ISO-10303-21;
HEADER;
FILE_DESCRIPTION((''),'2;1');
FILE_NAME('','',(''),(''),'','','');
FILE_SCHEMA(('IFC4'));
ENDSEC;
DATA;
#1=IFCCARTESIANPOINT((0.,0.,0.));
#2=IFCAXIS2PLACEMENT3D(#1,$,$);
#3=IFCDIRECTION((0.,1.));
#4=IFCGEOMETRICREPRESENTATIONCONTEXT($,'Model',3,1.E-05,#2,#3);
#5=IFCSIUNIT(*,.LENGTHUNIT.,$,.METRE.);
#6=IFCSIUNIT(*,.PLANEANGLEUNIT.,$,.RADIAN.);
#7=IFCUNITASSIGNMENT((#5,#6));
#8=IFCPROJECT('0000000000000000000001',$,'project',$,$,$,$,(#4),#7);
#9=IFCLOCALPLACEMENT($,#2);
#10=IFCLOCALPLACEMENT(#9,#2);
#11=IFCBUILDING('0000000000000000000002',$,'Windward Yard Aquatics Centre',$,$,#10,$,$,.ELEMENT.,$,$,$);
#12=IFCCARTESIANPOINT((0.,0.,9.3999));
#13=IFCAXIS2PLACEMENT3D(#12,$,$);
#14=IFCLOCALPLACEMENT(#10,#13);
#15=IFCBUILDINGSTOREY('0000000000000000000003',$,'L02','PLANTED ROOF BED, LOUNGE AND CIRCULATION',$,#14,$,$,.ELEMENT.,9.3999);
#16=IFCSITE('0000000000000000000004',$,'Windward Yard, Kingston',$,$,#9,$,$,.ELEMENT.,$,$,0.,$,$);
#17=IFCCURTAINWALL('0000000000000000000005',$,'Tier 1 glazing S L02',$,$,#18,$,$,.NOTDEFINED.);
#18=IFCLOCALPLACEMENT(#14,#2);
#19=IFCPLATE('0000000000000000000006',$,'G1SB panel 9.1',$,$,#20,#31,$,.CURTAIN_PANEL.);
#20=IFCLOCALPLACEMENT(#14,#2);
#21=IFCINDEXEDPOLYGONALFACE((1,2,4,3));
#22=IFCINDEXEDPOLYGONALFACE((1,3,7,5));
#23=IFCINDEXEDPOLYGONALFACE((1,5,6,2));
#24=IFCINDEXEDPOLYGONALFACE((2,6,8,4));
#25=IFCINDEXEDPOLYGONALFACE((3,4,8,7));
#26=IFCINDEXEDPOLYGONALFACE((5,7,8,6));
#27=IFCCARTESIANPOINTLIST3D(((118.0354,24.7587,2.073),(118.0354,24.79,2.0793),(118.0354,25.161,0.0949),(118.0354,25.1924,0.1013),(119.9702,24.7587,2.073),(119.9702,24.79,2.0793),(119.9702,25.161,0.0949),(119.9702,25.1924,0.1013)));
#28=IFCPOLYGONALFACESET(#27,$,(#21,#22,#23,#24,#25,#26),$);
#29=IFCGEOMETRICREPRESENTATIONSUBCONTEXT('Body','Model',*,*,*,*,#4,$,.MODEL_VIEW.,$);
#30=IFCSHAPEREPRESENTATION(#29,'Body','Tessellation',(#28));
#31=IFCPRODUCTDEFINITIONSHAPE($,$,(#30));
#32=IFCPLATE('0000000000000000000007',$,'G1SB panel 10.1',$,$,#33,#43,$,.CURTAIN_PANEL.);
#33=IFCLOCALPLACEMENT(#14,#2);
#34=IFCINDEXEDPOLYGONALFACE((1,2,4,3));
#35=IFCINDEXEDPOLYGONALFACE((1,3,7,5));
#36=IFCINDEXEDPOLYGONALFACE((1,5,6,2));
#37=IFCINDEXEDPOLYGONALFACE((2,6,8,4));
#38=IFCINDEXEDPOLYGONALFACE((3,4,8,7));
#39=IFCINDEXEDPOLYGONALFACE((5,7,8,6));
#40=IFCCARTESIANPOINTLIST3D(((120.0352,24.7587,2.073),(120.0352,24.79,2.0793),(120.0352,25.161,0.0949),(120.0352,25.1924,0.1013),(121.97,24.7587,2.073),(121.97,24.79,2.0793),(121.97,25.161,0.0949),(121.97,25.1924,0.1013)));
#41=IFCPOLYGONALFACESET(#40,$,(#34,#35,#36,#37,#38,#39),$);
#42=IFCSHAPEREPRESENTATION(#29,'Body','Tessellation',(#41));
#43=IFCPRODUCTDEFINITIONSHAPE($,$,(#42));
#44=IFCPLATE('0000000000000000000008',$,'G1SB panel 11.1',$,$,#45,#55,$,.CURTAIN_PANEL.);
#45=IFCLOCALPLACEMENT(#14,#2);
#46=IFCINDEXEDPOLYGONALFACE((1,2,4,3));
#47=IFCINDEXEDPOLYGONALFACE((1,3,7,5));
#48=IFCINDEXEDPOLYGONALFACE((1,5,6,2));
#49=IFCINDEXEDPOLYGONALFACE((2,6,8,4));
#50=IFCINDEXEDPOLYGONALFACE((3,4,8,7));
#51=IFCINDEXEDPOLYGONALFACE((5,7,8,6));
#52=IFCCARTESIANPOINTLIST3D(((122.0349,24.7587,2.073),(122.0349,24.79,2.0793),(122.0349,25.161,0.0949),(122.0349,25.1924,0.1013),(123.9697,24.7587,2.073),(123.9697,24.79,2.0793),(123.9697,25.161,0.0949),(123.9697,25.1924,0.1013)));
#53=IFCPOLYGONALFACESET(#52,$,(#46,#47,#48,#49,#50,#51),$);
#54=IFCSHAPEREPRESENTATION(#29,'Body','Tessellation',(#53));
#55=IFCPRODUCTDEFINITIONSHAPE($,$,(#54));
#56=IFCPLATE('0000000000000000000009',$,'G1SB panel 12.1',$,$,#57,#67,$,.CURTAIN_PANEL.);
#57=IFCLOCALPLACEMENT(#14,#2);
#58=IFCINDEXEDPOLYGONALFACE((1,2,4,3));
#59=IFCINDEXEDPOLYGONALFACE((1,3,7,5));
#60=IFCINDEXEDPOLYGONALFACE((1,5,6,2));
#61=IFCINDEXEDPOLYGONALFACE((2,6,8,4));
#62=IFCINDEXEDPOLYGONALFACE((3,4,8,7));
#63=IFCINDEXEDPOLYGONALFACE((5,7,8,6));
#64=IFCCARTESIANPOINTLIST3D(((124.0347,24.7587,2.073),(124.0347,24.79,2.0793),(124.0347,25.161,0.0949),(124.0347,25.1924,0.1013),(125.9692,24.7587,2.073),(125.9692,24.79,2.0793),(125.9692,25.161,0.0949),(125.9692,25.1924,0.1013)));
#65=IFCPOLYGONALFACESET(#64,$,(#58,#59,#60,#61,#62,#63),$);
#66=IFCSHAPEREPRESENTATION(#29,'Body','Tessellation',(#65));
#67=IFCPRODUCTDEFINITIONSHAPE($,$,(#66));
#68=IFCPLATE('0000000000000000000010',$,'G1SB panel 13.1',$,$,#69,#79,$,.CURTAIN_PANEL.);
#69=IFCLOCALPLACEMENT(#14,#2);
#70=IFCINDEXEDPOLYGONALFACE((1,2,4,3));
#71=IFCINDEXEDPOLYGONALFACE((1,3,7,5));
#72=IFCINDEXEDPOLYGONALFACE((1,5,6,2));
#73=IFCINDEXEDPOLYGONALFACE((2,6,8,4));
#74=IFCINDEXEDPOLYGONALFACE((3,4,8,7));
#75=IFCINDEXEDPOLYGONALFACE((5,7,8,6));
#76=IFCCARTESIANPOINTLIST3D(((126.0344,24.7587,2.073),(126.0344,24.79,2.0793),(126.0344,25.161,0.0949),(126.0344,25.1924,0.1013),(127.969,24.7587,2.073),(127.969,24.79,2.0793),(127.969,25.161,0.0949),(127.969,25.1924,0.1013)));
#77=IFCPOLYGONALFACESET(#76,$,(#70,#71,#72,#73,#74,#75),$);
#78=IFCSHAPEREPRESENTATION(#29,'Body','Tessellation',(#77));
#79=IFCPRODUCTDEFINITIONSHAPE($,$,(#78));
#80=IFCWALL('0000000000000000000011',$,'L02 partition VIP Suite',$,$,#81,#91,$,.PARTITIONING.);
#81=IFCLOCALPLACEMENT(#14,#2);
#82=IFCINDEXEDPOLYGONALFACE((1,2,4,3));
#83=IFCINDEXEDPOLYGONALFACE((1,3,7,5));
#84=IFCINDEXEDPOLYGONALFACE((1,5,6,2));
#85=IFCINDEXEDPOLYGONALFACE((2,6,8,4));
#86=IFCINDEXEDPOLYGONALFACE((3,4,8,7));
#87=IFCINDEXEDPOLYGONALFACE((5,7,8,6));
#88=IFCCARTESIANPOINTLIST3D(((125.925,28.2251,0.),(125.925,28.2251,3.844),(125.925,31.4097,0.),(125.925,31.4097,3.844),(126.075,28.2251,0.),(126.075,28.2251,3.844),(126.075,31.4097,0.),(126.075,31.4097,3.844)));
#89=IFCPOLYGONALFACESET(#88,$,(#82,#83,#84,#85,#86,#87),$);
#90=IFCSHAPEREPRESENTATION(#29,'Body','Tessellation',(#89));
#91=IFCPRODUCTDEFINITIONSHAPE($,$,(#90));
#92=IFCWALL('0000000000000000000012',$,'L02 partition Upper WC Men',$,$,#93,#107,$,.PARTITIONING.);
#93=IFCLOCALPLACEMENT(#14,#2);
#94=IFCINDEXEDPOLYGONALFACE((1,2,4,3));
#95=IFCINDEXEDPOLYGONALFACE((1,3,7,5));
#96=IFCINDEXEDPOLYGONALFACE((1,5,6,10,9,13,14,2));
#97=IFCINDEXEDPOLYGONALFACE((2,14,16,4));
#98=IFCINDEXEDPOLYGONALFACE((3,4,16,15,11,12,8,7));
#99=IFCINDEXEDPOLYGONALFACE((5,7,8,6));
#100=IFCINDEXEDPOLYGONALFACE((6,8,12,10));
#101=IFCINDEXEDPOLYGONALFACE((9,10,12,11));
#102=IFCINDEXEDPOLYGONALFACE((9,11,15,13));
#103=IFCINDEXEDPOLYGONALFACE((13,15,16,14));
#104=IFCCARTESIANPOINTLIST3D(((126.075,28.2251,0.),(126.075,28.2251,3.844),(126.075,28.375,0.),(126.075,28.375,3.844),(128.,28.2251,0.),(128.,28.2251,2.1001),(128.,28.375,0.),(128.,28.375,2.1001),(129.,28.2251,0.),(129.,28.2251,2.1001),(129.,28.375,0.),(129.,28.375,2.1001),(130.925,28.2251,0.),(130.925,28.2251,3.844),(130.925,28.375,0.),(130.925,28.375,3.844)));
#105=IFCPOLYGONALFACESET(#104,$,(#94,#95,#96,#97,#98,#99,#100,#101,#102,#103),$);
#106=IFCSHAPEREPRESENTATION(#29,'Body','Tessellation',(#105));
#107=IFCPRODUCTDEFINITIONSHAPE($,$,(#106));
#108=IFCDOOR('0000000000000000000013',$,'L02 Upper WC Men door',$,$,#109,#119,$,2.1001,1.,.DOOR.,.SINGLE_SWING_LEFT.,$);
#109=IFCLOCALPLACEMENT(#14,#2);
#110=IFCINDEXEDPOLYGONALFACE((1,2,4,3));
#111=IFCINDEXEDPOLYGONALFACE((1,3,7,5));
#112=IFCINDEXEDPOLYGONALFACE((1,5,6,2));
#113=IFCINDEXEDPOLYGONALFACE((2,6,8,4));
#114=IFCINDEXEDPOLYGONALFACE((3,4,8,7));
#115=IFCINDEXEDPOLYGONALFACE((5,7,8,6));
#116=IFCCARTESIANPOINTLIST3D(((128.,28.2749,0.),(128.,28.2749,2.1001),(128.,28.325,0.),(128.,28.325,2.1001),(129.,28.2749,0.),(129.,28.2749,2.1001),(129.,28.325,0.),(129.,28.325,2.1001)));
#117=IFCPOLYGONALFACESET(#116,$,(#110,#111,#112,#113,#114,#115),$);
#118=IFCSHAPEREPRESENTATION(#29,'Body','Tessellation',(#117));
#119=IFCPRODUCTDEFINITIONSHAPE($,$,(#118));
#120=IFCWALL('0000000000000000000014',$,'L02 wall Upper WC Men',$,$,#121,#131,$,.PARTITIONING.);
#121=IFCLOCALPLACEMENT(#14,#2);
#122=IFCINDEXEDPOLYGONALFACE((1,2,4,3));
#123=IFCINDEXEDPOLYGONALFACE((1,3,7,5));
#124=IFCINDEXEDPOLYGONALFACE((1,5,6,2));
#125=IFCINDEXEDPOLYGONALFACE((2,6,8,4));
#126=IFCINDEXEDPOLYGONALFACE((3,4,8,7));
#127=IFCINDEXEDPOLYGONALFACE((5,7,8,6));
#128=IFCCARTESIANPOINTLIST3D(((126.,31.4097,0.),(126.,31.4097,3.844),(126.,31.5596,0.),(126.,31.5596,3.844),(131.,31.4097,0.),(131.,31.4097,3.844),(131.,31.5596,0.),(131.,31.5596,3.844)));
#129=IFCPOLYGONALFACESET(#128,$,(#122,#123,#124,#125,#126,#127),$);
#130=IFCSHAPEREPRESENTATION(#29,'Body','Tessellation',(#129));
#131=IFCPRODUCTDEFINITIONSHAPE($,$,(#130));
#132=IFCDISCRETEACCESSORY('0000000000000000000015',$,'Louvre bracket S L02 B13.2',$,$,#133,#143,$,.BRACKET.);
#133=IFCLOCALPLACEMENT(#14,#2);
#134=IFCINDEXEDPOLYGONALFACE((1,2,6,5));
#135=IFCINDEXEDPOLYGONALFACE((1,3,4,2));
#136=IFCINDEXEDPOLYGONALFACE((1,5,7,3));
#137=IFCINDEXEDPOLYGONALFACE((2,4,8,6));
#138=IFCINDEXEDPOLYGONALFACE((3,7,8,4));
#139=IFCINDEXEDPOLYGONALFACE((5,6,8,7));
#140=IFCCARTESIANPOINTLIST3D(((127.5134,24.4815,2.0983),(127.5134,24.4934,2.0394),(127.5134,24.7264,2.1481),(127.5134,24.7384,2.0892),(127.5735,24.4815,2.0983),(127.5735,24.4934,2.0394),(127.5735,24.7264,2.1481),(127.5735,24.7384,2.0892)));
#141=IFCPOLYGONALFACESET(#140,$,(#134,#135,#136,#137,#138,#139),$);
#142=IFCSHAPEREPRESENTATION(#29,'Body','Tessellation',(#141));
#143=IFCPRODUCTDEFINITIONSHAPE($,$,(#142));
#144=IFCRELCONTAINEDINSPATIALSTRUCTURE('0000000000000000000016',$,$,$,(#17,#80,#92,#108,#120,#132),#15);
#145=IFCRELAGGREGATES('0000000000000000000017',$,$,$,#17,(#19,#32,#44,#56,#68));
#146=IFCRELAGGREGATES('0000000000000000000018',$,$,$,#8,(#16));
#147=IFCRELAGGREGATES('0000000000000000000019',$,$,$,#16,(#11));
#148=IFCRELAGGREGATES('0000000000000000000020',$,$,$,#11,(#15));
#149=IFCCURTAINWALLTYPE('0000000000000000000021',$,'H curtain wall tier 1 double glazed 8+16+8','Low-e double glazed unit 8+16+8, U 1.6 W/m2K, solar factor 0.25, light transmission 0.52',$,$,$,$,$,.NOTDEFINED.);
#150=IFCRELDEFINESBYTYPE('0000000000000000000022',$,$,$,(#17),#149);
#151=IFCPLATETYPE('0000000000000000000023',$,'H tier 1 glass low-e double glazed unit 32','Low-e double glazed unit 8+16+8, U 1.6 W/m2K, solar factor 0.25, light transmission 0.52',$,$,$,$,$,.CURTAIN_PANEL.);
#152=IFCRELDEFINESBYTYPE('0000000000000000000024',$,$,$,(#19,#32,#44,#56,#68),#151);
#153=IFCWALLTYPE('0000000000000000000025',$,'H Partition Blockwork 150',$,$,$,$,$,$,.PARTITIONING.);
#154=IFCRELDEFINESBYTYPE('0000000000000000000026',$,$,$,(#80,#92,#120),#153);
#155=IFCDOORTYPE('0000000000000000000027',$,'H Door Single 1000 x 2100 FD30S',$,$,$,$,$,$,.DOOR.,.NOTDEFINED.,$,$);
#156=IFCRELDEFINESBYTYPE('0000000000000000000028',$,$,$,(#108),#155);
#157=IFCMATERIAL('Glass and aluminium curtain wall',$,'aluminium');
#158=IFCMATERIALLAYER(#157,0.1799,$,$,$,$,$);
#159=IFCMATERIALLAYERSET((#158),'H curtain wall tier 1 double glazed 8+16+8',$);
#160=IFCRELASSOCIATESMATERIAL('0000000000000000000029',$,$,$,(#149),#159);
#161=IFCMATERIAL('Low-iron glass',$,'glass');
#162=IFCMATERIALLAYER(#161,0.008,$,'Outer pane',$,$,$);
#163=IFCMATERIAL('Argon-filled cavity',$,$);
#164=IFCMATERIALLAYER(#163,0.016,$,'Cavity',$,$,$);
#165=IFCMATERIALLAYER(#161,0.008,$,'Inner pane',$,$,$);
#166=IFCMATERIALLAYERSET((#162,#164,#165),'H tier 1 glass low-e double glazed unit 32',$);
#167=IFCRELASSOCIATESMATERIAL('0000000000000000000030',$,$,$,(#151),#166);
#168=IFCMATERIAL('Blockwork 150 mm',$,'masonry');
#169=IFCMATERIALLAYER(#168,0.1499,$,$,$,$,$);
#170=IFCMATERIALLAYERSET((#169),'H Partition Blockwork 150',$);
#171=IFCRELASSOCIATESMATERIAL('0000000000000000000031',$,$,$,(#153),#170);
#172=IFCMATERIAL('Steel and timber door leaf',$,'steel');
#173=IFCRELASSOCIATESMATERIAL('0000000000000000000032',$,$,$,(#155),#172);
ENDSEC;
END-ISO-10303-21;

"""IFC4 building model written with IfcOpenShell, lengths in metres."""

from ifc_helpers import new_model, si_unit, direction, frame, frame_2d, origin, origin_2d, place, context, subcontext, project, spatial, polyline, rectangle, outline, extrude, material, layer, layer_set, type_object, element, fill, aggregate, save


model = new_model("IFC4")

# Units and contexts
model_context = context("Model", 3, precision=1e-05, world=origin(), true_north=direction((0.0, 1.0)))
body_context = subcontext(model_context, "Body", "Model", "MODEL_VIEW")
ifc_project = project(units=[si_unit("LENGTHUNIT", "METRE"), si_unit("PLANEANGLEUNIT", "RADIAN")], contexts=[model_context])

# Site, building, storey
site_placement = place(None, origin())
site = spatial("IfcSite", under=ifc_project, at=site_placement, Name="Windward Yard, Kingston", CompositionType="ELEMENT", RefElevation=0.0)
building_placement = place(site_placement, origin())
building = spatial("IfcBuilding", under=site, at=building_placement, Name="Windward Yard Aquatics Centre", CompositionType="ELEMENT")
storey_placement = place(building_placement, frame((0.0, 0.0, 9.3999)))
storey = spatial("IfcBuildingStorey", under=building, at=storey_placement, Name="L02", Description="PLANTED ROOF BED, LOUNGE AND CIRCULATION", CompositionType="ELEMENT", Elevation=9.3999)

# Curtain wall
ifc_material_1 = material(Name="Glass and aluminium curtain wall", Category="aluminium")
ifc_layer_1 = layer(ifc_material_1, 0.1799)
ifc_layer_set_1 = layer_set([ifc_layer_1], Name="H curtain wall tier 1 double glazed 8+16+8")
curtain_wall_type = type_object("IfcCurtainWallType", Name="H curtain wall tier 1 double glazed 8+16+8", Description="Low-e double glazed unit 8+16+8, U 1.6 W/m2K, solar factor 0.25, light transmission 0.52", PredefinedType="NOTDEFINED", material=ifc_layer_set_1)
curtain_wall_placement = place(storey_placement, origin())
curtain_wall = element("IfcCurtainWall", 1, at=curtain_wall_placement, inside=storey, type_object=curtain_wall_type, Name="Tier 1 glazing S L02", PredefinedType="NOTDEFINED")

# Plates
ifc_material_2 = material(Name="Low-iron glass", Category="glass")
ifc_layer_2 = layer(ifc_material_2, 0.008, Name="Outer pane")
ifc_material_3 = material(Name="Argon-filled cavity")
ifc_layer_3 = layer(ifc_material_3, 0.016, Name="Cavity")
ifc_layer_4 = layer(ifc_material_2, 0.008, Name="Inner pane")
ifc_layer_set_2 = layer_set([ifc_layer_2, ifc_layer_3, ifc_layer_4], Name="H tier 1 glass low-e double glazed unit 32")
plate_type = type_object("IfcPlateType", Name="H tier 1 glass low-e double glazed unit 32", Description="Low-e double glazed unit 8+16+8, U 1.6 W/m2K, solar factor 0.25, light transmission 0.52", PredefinedType="CURTAIN_PANEL", material=ifc_layer_set_2)
plate_1_placement = place(storey_placement, frame((118.0354, 24.79, 2.0793), z_axis=(0.0, 0.979933, 0.199325), x_axis=(0.0, 0.199325, -0.979933)))
plate_1 = element("IfcPlate", 2, at=plate_1_placement, type_object=plate_type, Name="G1SB panel 9.1", PredefinedType="CURTAIN_PANEL", context=body_context, shape_type="SweptSolid", body=[
    extrude(outline(polyline([(0.0, 0.0), (2.0185, 0.0), (2.0185, -1.9348), (0.0, -1.9348), (0.0, 0.0)])), origin(), (0.0, 0.0, -1.0), 0.032),
])
plate_2_placement = place(storey_placement, frame((120.0352, 24.79, 2.0793), z_axis=(0.0, 0.979933, 0.199325), x_axis=(0.0, 0.199325, -0.979933)))
plate_2 = element("IfcPlate", 3, at=plate_2_placement, type_object=plate_type, Name="G1SB panel 10.1", PredefinedType="CURTAIN_PANEL", context=body_context, shape_type="SweptSolid", body=[
    extrude(outline(polyline([(0.0, 0.0), (2.0185, 0.0), (2.0185, -1.9348), (0.0, -1.9348), (0.0, 0.0)])), origin(), (0.0, 0.0, -1.0), 0.032),
])
plate_3_placement = place(storey_placement, frame((122.0349, 24.79, 2.0793), z_axis=(0.0, 0.979933, 0.199325), x_axis=(0.0, 0.199325, -0.979933)))
plate_3 = element("IfcPlate", 4, at=plate_3_placement, type_object=plate_type, Name="G1SB panel 11.1", PredefinedType="CURTAIN_PANEL", context=body_context, shape_type="SweptSolid", body=[
    extrude(outline(polyline([(0.0, 0.0), (2.0185, 0.0), (2.0185, -1.9348), (0.0, -1.9348), (0.0, 0.0)])), origin(), (0.0, 0.0, -1.0), 0.032),
])
plate_4_placement = place(storey_placement, frame((124.0347, 24.79, 2.0793), z_axis=(0.0, 0.979933, 0.199325), x_axis=(0.0, 0.199325, -0.979933)))
plate_4 = element("IfcPlate", 5, at=plate_4_placement, type_object=plate_type, Name="G1SB panel 12.1", PredefinedType="CURTAIN_PANEL", context=body_context, shape_type="SweptSolid", body=[
    extrude(outline(polyline([(0.0, 0.0), (2.0185, 0.0), (2.0185, -1.9346), (0.0, -1.9346), (0.0, 0.0)])), origin(), (0.0, 0.0, -1.0), 0.032),
])
plate_5_placement = place(storey_placement, frame((126.0344, 24.79, 2.0793), z_axis=(0.0, 0.979933, 0.199325), x_axis=(0.0, 0.199325, -0.979933)))
plate_5 = element("IfcPlate", 6, at=plate_5_placement, type_object=plate_type, Name="G1SB panel 13.1", PredefinedType="CURTAIN_PANEL", context=body_context, shape_type="SweptSolid", body=[
    extrude(outline(polyline([(0.0, 0.0), (2.0185, 0.0), (2.0185, -1.9346), (0.0, -1.9346), (0.0, 0.0)])), origin(), (0.0, 0.0, -1.0), 0.032),
])
aggregate(curtain_wall, [plate_1, plate_2, plate_3, plate_4, plate_5])

# Wall
ifc_material_4 = material(Name="Blockwork 150 mm", Category="masonry")
ifc_layer_5 = layer(ifc_material_4, 0.1499)
ifc_layer_set_3 = layer_set([ifc_layer_5], Name="H Partition Blockwork 150")
wall_type = type_object("IfcWallType", Name="H Partition Blockwork 150", PredefinedType="PARTITIONING", material=ifc_layer_set_3)
wall_1_placement = place(storey_placement, frame((126.0, 31.4097, 0.0), z_axis=(0.0, 0.0, 1.0), x_axis=(0.0, -1.0, 0.0)))
element("IfcWall", 7, at=wall_1_placement, inside=storey, type_object=wall_type, Name="L02 partition VIP Suite", PredefinedType="PARTITIONING", context=body_context, shape_type="SweptSolid", body=[
    extrude(rectangle(XDim=3.1846, YDim=0.1499, at=frame_2d((1.5923, 0.0))), origin(), (0.0, 0.0, 1.0), 3.844),
])

# Wall, opening, door
wall_2_placement = place(storey_placement, frame((126.075, 28.3, 0.0), z_axis=(0.0, 0.0, 1.0), x_axis=(1.0, 0.0, 0.0)))
wall_2 = element("IfcWall", 8, at=wall_2_placement, inside=storey, type_object=wall_type, Name="L02 partition Upper WC Men", PredefinedType="PARTITIONING", context=body_context, shape_type="SweptSolid", body=[
    extrude(rectangle(XDim=4.8501, YDim=0.1499, at=frame_2d((2.425, 0.0))), origin(), (0.0, 0.0, 1.0), 3.844),
])
opening_placement = place(wall_2_placement, frame((1.925, 0.0, 0.0)))
opening = element("IfcOpeningElement", 9, at=opening_placement, cuts=wall_2, PredefinedType="OPENING", context=body_context, shape_type="SweptSolid", body=[
    extrude(rectangle(XDim=1.0, YDim=2.1001, at=frame_2d((0.5, 1.05))), frame((0.0, 0.085, 0.0), z_axis=(0.0, -1.0, 0.0), x_axis=(1.0, 0.0, 0.0)), (0.0, 0.0, 1.0), 0.1699),
])
ifc_material_5 = material(Name="Steel and timber door leaf", Category="steel")
door_type = type_object("IfcDoorType", Name="H Door Single 1000 x 2100 FD30S", OperationType="NOTDEFINED", PredefinedType="DOOR", material=ifc_material_5)
door_placement = place(opening_placement, origin())
door = element("IfcDoor", 10, at=door_placement, inside=storey, type_object=door_type, Name="L02 Upper WC Men door", OperationType="SINGLE_SWING_LEFT", OverallHeight=2.1001, OverallWidth=1.0, PredefinedType="DOOR", context=body_context, shape_type="SweptSolid", body=[
    extrude(rectangle(XDim=1.0, YDim=2.1001, at=frame_2d((0.5, 1.05))), frame((0.0, 0.0249, 0.0), z_axis=(0.0, -1.0, 0.0), x_axis=(1.0, 0.0, 0.0)), (0.0, 0.0, 1.0), 0.05),
])
fill(opening, door)

# Wall
wall_3_placement = place(storey_placement, frame((126.0, 31.4846, 0.0), z_axis=(0.0, 0.0, 1.0), x_axis=(1.0, 0.0, 0.0)))
element("IfcWall", 11, at=wall_3_placement, inside=storey, type_object=wall_type, Name="L02 wall Upper WC Men", PredefinedType="PARTITIONING", context=body_context, shape_type="SweptSolid", body=[
    extrude(rectangle(XDim=5.0, YDim=0.1499, at=frame_2d((2.5, 0.0))), origin(), (0.0, 0.0, 1.0), 3.844),
])

# Discrete accessory
discrete_accessory_placement = place(storey_placement, frame((127.5435, 24.7324, 2.1187), z_axis=(0.0, -0.979937, -0.199309), x_axis=(1.0, 0.0, 0.0)))
element("IfcDiscreteAccessory", 12, at=discrete_accessory_placement, inside=storey, Name="Louvre bracket S L02 B13.2", PredefinedType="BRACKET", context=body_context, shape_type="SweptSolid", body=[
    extrude(rectangle(XDim=0.0601, YDim=0.0601, at=origin_2d()), origin(), (0.0, 0.0, 1.0), 0.25),
])

save(model, "model.ifc")
